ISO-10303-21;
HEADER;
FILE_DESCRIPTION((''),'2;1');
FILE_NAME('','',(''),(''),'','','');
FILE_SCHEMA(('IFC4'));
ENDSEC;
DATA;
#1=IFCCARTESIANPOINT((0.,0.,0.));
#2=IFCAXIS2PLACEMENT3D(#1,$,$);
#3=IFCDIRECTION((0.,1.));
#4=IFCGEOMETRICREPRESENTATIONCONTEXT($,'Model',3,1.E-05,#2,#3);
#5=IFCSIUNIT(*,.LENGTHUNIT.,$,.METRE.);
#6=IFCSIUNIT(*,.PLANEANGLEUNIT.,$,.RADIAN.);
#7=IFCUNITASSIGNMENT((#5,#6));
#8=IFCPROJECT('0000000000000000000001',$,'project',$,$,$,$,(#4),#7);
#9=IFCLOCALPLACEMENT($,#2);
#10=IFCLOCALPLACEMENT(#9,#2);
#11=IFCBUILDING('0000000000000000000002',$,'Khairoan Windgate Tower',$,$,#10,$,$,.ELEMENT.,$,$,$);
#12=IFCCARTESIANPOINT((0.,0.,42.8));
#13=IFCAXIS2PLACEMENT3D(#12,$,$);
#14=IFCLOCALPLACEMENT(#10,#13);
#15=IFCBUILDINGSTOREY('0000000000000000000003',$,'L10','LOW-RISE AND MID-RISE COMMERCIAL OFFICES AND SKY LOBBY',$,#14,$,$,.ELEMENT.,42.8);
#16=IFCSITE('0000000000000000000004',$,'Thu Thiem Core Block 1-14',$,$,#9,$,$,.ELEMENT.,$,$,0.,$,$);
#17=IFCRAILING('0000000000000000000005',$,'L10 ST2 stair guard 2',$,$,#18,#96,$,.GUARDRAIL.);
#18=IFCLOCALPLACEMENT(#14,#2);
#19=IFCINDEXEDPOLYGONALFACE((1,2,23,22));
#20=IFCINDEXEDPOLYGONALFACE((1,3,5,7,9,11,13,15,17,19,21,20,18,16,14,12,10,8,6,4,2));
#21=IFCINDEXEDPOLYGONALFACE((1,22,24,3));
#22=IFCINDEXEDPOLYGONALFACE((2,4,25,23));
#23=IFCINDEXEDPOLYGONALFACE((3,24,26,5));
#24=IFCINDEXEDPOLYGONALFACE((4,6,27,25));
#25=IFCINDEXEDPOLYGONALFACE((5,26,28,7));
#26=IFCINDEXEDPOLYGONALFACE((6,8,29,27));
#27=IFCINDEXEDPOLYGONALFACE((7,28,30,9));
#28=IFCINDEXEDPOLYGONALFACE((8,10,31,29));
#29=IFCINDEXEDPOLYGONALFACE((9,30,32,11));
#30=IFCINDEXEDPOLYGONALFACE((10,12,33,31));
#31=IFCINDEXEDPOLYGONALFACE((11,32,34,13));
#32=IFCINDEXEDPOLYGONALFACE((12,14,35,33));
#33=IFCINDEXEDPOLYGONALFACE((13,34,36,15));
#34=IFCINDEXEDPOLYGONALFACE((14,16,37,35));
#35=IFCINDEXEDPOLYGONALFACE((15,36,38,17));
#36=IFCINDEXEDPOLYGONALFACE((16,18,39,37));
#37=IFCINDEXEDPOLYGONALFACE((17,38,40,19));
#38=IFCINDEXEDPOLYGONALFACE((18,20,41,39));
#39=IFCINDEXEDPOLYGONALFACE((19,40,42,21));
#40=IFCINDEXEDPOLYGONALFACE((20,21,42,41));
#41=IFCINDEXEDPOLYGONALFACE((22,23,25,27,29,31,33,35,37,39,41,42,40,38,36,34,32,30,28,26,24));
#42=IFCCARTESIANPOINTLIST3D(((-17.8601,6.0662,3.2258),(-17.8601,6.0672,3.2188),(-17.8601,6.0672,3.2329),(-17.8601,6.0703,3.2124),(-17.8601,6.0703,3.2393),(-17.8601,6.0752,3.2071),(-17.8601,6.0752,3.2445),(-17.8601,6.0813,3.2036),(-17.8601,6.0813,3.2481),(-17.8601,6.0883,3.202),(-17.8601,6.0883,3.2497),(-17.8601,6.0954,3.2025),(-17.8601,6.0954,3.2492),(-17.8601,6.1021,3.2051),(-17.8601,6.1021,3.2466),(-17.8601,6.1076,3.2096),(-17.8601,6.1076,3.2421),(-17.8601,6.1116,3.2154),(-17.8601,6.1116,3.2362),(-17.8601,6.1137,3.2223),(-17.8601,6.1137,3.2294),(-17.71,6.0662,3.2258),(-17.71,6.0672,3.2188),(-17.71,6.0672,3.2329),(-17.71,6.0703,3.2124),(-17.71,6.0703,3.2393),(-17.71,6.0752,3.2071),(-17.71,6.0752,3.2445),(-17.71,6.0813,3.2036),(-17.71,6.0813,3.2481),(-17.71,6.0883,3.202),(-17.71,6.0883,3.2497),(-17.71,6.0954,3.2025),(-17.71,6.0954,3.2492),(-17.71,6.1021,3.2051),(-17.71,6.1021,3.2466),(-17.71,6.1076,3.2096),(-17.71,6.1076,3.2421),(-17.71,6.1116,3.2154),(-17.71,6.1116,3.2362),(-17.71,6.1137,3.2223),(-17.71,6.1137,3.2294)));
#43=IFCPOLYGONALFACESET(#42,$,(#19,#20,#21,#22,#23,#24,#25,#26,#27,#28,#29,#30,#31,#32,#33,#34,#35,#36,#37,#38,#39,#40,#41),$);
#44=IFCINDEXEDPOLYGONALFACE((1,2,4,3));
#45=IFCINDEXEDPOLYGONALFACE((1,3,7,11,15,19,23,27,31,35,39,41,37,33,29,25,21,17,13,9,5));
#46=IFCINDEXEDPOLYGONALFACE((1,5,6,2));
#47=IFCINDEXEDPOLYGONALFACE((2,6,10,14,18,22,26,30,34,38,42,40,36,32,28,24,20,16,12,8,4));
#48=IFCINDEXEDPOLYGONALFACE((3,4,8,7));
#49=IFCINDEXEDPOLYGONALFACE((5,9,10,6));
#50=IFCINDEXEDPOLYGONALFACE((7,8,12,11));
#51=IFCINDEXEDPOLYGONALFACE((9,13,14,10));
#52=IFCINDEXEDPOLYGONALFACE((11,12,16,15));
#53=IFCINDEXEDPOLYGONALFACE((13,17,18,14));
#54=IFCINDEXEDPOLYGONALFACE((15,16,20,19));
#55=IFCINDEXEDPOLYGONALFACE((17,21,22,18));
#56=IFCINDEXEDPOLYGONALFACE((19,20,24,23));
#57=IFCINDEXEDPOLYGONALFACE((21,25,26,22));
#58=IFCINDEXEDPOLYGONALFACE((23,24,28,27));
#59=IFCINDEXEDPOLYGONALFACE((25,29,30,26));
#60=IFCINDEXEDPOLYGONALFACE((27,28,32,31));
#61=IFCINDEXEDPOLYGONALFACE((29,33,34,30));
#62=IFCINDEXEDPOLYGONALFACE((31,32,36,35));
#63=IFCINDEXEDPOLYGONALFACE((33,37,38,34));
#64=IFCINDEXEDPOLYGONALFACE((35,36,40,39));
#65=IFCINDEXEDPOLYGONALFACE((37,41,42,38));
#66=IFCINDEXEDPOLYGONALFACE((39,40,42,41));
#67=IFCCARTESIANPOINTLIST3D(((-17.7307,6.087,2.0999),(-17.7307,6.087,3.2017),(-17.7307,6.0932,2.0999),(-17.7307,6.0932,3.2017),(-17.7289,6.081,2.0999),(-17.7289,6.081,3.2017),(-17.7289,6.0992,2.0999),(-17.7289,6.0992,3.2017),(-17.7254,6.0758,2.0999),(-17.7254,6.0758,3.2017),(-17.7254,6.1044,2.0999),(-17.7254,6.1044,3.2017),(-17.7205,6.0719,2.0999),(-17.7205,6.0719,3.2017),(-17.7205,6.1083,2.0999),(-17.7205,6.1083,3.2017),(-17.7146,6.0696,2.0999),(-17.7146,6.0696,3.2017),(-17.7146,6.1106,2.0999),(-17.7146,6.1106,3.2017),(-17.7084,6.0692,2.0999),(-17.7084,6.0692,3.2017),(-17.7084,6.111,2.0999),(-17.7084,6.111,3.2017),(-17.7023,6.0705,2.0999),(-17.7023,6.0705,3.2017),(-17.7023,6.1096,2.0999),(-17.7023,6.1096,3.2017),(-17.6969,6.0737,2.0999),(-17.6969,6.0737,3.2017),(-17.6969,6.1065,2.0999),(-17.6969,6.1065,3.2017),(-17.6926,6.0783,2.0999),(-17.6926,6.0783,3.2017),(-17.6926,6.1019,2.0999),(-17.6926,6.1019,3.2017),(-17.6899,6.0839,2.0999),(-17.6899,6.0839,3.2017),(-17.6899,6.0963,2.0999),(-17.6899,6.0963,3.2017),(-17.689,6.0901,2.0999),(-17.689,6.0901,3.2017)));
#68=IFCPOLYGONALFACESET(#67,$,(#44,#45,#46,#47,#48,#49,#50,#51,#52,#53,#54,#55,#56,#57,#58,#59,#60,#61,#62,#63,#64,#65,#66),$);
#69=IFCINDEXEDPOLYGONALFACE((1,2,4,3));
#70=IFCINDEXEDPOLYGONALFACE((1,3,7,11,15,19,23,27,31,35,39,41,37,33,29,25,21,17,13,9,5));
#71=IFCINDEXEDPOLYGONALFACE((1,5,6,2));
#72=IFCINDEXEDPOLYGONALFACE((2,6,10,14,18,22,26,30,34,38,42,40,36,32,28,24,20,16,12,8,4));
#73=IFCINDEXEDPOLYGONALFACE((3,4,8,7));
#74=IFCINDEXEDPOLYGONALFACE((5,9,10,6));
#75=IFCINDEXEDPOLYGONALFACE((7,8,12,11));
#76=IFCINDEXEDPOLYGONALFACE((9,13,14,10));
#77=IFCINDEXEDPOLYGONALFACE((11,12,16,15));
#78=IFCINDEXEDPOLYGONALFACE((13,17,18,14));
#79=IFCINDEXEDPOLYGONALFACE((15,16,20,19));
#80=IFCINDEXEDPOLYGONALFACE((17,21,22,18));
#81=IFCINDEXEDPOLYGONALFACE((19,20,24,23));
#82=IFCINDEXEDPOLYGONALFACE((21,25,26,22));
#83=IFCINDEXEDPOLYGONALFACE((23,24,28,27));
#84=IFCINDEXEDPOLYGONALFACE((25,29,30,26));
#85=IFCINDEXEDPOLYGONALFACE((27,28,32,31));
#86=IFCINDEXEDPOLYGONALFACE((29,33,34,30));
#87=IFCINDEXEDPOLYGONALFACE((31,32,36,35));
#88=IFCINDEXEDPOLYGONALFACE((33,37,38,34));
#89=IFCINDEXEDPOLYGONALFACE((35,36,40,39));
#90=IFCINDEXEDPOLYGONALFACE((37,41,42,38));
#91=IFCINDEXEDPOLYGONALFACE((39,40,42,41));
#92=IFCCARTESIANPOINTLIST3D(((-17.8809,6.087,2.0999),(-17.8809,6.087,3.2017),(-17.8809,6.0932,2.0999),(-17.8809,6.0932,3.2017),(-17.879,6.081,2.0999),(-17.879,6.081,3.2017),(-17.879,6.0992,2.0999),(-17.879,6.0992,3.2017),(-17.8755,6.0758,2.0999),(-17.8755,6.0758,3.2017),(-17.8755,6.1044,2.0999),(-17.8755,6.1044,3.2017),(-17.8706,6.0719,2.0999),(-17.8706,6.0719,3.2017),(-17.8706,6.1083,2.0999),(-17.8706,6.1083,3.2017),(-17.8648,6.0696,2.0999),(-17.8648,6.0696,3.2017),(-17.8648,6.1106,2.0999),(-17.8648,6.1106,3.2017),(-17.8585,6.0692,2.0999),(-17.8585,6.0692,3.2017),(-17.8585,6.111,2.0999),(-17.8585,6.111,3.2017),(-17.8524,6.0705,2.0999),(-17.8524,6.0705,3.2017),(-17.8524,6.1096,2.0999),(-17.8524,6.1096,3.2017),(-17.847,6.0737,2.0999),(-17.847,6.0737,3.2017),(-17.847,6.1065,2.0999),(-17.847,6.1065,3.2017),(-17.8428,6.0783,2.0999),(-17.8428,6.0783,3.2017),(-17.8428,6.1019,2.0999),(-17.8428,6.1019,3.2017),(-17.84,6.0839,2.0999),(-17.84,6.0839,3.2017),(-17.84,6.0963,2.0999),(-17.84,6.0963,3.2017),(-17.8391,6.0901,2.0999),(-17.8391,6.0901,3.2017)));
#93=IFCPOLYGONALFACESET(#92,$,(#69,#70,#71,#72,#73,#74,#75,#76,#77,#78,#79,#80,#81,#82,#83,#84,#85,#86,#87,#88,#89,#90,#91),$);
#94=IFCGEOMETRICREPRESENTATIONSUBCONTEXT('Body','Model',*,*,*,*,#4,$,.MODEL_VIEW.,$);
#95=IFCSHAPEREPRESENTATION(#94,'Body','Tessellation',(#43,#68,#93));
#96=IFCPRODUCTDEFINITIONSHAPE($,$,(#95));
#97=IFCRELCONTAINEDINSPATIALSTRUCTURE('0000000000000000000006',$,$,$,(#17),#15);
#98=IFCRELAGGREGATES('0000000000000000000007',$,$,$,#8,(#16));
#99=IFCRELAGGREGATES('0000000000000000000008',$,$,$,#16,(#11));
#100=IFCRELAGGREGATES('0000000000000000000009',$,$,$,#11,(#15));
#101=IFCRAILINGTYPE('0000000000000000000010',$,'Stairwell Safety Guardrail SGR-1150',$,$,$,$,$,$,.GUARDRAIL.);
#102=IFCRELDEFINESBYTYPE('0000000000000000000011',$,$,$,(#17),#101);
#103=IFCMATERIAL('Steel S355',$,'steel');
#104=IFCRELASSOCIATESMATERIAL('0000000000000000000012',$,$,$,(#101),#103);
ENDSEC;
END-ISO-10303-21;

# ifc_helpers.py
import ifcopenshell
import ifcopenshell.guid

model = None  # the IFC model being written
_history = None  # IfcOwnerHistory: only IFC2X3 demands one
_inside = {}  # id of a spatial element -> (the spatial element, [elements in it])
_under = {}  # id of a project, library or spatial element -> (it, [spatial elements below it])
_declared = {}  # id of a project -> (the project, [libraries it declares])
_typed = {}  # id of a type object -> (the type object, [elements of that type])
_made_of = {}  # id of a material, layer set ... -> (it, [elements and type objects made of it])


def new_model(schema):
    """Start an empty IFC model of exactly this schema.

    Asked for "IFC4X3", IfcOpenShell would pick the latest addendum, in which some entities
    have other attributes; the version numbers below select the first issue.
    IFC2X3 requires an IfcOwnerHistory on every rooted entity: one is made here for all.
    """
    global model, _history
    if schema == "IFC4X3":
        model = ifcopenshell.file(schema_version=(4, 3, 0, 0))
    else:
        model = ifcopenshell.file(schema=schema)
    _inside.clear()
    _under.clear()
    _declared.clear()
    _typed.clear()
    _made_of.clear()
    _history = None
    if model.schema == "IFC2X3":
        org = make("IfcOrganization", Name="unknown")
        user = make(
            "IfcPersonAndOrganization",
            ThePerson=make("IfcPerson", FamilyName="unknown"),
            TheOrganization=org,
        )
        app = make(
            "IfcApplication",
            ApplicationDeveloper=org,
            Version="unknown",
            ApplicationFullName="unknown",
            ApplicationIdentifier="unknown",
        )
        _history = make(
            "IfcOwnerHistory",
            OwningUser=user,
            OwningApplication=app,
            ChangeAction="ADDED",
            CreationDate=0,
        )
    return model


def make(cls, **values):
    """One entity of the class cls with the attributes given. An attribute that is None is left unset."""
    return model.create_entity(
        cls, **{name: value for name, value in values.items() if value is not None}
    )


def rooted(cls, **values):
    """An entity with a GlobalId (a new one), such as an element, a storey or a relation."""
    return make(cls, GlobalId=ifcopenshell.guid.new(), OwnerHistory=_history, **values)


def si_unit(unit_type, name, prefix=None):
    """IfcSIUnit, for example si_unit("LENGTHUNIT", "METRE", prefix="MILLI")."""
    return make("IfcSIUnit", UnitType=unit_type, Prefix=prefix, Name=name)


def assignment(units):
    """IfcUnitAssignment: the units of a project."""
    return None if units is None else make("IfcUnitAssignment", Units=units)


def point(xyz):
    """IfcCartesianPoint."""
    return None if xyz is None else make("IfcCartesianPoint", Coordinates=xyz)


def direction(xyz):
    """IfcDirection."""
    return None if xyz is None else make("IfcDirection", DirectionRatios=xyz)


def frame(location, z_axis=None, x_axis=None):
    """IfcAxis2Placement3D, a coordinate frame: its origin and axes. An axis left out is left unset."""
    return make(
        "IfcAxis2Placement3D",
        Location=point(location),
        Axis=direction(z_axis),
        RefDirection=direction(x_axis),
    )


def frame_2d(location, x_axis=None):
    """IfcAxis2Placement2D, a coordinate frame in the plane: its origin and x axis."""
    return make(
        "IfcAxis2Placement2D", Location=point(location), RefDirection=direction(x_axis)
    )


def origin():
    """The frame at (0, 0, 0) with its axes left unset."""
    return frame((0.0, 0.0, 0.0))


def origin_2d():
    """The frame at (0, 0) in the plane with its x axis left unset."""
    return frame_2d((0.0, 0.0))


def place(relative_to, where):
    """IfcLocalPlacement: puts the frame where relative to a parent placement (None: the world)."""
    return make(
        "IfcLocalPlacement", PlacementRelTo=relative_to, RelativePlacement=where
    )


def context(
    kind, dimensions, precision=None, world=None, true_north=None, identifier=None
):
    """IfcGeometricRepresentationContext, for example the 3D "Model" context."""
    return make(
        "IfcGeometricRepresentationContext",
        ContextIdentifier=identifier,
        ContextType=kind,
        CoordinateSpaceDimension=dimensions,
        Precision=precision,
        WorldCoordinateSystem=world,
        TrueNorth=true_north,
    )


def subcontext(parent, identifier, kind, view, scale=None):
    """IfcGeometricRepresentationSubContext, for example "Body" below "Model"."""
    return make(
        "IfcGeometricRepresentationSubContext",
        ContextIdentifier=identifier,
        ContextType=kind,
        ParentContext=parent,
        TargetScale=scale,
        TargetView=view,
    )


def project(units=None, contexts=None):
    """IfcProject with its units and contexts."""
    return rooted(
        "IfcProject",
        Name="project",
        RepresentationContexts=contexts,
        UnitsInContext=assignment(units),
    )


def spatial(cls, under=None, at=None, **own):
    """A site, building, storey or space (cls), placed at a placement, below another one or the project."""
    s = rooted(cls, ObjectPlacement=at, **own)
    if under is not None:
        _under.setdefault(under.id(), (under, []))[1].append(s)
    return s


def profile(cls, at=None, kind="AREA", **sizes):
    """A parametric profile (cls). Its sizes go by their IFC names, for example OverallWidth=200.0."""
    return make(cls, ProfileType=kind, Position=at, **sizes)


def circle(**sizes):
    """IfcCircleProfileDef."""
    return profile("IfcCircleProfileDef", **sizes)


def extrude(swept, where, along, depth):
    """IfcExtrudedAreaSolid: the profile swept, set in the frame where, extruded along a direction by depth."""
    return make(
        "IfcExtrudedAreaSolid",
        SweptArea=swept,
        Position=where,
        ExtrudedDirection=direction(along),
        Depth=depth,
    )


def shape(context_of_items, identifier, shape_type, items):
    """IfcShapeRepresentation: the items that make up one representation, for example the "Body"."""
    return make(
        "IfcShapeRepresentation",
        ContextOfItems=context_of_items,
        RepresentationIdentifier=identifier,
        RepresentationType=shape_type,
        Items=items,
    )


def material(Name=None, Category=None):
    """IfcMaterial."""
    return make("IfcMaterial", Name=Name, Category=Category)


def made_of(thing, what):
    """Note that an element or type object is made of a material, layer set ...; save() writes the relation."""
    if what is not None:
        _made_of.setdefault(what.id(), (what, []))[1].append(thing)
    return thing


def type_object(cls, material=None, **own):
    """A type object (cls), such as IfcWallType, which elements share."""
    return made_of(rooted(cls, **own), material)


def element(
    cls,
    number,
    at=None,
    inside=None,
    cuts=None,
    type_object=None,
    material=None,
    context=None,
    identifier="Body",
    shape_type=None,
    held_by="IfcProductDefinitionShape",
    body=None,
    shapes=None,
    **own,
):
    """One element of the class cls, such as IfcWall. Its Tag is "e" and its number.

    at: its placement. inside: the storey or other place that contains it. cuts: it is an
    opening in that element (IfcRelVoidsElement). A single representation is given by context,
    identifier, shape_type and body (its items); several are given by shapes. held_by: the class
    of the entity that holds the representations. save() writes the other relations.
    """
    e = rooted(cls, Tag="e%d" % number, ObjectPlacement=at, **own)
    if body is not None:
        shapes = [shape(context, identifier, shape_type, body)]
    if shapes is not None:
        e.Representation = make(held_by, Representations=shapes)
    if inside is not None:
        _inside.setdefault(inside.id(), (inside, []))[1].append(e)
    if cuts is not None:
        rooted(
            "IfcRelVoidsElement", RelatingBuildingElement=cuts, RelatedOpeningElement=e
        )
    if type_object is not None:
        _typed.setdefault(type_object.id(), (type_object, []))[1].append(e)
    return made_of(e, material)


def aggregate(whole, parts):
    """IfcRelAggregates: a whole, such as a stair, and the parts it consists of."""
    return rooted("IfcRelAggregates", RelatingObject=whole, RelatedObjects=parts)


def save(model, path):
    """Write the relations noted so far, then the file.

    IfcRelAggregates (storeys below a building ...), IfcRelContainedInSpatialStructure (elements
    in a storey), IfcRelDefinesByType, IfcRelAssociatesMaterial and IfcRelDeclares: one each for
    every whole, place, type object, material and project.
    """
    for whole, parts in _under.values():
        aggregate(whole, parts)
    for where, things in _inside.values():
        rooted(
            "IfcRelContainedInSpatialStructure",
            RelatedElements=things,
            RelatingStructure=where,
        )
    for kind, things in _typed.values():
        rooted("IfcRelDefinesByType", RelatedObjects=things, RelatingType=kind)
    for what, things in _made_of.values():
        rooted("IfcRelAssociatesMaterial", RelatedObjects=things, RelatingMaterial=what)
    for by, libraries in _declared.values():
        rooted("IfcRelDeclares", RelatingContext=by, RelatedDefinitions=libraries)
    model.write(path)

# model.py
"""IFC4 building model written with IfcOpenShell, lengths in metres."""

from ifc_helpers import new_model, si_unit, direction, frame, origin, origin_2d, place, context, subcontext, project, spatial, circle, extrude, material, type_object, element, save


model = new_model("IFC4")

# Units and contexts
model_context = context("Model", 3, precision=1e-05, world=origin(), true_north=direction((0.0, 1.0)))
body_context = subcontext(model_context, "Body", "Model", "MODEL_VIEW")
ifc_project = project(units=[si_unit("LENGTHUNIT", "METRE"), si_unit("PLANEANGLEUNIT", "RADIAN")], contexts=[model_context])

# Site, building, storey
site_placement = place(None, origin())
site = spatial("IfcSite", under=ifc_project, at=site_placement, Name="Thu Thiem Core Block 1-14", CompositionType="ELEMENT", RefElevation=0.0)
building_placement = place(site_placement, origin())
building = spatial("IfcBuilding", under=site, at=building_placement, Name="Khairoan Windgate Tower", CompositionType="ELEMENT")
storey_placement = place(building_placement, frame((0.0, 0.0, 42.8)))
storey = spatial("IfcBuildingStorey", under=building, at=storey_placement, Name="L10", Description="LOW-RISE AND MID-RISE COMMERCIAL OFFICES AND SKY LOBBY", CompositionType="ELEMENT", Elevation=42.8)

# Railing
ifc_material_1 = material(Name="Steel S355", Category="steel")
railing_type_1 = type_object("IfcRailingType", Name="Stairwell Safety Guardrail SGR-1150", PredefinedType="GUARDRAIL", material=ifc_material_1)
railing_1_placement = place(storey_placement, frame((-17.71, 6.0901, 2.0999)))
element("IfcRailing", 1, at=railing_1_placement, inside=storey, type_object=railing_type_1, Name="L10 ST2 stair guard 2", PredefinedType="GUARDRAIL", context=body_context, shape_type="SweptSolid", body=[
    extrude(circle(Radius=0.0239, at=origin_2d()), frame((0.0, 0.0, 1.126), z_axis=(-1.0, 0.0, 0.0), x_axis=(0.0, -1.0, 0.0)), (0.0, 0.0, 1.0), 0.1501),
    extrude(circle(Radius=0.021, at=origin_2d()), origin(), (0.0, 0.0, 1.0), 1.1018),
    extrude(circle(Radius=0.021, at=origin_2d()), frame((-0.1501, 0.0, 0.0)), (0.0, 0.0, 1.0), 1.1018),
])

save(model, "model.ifc")
